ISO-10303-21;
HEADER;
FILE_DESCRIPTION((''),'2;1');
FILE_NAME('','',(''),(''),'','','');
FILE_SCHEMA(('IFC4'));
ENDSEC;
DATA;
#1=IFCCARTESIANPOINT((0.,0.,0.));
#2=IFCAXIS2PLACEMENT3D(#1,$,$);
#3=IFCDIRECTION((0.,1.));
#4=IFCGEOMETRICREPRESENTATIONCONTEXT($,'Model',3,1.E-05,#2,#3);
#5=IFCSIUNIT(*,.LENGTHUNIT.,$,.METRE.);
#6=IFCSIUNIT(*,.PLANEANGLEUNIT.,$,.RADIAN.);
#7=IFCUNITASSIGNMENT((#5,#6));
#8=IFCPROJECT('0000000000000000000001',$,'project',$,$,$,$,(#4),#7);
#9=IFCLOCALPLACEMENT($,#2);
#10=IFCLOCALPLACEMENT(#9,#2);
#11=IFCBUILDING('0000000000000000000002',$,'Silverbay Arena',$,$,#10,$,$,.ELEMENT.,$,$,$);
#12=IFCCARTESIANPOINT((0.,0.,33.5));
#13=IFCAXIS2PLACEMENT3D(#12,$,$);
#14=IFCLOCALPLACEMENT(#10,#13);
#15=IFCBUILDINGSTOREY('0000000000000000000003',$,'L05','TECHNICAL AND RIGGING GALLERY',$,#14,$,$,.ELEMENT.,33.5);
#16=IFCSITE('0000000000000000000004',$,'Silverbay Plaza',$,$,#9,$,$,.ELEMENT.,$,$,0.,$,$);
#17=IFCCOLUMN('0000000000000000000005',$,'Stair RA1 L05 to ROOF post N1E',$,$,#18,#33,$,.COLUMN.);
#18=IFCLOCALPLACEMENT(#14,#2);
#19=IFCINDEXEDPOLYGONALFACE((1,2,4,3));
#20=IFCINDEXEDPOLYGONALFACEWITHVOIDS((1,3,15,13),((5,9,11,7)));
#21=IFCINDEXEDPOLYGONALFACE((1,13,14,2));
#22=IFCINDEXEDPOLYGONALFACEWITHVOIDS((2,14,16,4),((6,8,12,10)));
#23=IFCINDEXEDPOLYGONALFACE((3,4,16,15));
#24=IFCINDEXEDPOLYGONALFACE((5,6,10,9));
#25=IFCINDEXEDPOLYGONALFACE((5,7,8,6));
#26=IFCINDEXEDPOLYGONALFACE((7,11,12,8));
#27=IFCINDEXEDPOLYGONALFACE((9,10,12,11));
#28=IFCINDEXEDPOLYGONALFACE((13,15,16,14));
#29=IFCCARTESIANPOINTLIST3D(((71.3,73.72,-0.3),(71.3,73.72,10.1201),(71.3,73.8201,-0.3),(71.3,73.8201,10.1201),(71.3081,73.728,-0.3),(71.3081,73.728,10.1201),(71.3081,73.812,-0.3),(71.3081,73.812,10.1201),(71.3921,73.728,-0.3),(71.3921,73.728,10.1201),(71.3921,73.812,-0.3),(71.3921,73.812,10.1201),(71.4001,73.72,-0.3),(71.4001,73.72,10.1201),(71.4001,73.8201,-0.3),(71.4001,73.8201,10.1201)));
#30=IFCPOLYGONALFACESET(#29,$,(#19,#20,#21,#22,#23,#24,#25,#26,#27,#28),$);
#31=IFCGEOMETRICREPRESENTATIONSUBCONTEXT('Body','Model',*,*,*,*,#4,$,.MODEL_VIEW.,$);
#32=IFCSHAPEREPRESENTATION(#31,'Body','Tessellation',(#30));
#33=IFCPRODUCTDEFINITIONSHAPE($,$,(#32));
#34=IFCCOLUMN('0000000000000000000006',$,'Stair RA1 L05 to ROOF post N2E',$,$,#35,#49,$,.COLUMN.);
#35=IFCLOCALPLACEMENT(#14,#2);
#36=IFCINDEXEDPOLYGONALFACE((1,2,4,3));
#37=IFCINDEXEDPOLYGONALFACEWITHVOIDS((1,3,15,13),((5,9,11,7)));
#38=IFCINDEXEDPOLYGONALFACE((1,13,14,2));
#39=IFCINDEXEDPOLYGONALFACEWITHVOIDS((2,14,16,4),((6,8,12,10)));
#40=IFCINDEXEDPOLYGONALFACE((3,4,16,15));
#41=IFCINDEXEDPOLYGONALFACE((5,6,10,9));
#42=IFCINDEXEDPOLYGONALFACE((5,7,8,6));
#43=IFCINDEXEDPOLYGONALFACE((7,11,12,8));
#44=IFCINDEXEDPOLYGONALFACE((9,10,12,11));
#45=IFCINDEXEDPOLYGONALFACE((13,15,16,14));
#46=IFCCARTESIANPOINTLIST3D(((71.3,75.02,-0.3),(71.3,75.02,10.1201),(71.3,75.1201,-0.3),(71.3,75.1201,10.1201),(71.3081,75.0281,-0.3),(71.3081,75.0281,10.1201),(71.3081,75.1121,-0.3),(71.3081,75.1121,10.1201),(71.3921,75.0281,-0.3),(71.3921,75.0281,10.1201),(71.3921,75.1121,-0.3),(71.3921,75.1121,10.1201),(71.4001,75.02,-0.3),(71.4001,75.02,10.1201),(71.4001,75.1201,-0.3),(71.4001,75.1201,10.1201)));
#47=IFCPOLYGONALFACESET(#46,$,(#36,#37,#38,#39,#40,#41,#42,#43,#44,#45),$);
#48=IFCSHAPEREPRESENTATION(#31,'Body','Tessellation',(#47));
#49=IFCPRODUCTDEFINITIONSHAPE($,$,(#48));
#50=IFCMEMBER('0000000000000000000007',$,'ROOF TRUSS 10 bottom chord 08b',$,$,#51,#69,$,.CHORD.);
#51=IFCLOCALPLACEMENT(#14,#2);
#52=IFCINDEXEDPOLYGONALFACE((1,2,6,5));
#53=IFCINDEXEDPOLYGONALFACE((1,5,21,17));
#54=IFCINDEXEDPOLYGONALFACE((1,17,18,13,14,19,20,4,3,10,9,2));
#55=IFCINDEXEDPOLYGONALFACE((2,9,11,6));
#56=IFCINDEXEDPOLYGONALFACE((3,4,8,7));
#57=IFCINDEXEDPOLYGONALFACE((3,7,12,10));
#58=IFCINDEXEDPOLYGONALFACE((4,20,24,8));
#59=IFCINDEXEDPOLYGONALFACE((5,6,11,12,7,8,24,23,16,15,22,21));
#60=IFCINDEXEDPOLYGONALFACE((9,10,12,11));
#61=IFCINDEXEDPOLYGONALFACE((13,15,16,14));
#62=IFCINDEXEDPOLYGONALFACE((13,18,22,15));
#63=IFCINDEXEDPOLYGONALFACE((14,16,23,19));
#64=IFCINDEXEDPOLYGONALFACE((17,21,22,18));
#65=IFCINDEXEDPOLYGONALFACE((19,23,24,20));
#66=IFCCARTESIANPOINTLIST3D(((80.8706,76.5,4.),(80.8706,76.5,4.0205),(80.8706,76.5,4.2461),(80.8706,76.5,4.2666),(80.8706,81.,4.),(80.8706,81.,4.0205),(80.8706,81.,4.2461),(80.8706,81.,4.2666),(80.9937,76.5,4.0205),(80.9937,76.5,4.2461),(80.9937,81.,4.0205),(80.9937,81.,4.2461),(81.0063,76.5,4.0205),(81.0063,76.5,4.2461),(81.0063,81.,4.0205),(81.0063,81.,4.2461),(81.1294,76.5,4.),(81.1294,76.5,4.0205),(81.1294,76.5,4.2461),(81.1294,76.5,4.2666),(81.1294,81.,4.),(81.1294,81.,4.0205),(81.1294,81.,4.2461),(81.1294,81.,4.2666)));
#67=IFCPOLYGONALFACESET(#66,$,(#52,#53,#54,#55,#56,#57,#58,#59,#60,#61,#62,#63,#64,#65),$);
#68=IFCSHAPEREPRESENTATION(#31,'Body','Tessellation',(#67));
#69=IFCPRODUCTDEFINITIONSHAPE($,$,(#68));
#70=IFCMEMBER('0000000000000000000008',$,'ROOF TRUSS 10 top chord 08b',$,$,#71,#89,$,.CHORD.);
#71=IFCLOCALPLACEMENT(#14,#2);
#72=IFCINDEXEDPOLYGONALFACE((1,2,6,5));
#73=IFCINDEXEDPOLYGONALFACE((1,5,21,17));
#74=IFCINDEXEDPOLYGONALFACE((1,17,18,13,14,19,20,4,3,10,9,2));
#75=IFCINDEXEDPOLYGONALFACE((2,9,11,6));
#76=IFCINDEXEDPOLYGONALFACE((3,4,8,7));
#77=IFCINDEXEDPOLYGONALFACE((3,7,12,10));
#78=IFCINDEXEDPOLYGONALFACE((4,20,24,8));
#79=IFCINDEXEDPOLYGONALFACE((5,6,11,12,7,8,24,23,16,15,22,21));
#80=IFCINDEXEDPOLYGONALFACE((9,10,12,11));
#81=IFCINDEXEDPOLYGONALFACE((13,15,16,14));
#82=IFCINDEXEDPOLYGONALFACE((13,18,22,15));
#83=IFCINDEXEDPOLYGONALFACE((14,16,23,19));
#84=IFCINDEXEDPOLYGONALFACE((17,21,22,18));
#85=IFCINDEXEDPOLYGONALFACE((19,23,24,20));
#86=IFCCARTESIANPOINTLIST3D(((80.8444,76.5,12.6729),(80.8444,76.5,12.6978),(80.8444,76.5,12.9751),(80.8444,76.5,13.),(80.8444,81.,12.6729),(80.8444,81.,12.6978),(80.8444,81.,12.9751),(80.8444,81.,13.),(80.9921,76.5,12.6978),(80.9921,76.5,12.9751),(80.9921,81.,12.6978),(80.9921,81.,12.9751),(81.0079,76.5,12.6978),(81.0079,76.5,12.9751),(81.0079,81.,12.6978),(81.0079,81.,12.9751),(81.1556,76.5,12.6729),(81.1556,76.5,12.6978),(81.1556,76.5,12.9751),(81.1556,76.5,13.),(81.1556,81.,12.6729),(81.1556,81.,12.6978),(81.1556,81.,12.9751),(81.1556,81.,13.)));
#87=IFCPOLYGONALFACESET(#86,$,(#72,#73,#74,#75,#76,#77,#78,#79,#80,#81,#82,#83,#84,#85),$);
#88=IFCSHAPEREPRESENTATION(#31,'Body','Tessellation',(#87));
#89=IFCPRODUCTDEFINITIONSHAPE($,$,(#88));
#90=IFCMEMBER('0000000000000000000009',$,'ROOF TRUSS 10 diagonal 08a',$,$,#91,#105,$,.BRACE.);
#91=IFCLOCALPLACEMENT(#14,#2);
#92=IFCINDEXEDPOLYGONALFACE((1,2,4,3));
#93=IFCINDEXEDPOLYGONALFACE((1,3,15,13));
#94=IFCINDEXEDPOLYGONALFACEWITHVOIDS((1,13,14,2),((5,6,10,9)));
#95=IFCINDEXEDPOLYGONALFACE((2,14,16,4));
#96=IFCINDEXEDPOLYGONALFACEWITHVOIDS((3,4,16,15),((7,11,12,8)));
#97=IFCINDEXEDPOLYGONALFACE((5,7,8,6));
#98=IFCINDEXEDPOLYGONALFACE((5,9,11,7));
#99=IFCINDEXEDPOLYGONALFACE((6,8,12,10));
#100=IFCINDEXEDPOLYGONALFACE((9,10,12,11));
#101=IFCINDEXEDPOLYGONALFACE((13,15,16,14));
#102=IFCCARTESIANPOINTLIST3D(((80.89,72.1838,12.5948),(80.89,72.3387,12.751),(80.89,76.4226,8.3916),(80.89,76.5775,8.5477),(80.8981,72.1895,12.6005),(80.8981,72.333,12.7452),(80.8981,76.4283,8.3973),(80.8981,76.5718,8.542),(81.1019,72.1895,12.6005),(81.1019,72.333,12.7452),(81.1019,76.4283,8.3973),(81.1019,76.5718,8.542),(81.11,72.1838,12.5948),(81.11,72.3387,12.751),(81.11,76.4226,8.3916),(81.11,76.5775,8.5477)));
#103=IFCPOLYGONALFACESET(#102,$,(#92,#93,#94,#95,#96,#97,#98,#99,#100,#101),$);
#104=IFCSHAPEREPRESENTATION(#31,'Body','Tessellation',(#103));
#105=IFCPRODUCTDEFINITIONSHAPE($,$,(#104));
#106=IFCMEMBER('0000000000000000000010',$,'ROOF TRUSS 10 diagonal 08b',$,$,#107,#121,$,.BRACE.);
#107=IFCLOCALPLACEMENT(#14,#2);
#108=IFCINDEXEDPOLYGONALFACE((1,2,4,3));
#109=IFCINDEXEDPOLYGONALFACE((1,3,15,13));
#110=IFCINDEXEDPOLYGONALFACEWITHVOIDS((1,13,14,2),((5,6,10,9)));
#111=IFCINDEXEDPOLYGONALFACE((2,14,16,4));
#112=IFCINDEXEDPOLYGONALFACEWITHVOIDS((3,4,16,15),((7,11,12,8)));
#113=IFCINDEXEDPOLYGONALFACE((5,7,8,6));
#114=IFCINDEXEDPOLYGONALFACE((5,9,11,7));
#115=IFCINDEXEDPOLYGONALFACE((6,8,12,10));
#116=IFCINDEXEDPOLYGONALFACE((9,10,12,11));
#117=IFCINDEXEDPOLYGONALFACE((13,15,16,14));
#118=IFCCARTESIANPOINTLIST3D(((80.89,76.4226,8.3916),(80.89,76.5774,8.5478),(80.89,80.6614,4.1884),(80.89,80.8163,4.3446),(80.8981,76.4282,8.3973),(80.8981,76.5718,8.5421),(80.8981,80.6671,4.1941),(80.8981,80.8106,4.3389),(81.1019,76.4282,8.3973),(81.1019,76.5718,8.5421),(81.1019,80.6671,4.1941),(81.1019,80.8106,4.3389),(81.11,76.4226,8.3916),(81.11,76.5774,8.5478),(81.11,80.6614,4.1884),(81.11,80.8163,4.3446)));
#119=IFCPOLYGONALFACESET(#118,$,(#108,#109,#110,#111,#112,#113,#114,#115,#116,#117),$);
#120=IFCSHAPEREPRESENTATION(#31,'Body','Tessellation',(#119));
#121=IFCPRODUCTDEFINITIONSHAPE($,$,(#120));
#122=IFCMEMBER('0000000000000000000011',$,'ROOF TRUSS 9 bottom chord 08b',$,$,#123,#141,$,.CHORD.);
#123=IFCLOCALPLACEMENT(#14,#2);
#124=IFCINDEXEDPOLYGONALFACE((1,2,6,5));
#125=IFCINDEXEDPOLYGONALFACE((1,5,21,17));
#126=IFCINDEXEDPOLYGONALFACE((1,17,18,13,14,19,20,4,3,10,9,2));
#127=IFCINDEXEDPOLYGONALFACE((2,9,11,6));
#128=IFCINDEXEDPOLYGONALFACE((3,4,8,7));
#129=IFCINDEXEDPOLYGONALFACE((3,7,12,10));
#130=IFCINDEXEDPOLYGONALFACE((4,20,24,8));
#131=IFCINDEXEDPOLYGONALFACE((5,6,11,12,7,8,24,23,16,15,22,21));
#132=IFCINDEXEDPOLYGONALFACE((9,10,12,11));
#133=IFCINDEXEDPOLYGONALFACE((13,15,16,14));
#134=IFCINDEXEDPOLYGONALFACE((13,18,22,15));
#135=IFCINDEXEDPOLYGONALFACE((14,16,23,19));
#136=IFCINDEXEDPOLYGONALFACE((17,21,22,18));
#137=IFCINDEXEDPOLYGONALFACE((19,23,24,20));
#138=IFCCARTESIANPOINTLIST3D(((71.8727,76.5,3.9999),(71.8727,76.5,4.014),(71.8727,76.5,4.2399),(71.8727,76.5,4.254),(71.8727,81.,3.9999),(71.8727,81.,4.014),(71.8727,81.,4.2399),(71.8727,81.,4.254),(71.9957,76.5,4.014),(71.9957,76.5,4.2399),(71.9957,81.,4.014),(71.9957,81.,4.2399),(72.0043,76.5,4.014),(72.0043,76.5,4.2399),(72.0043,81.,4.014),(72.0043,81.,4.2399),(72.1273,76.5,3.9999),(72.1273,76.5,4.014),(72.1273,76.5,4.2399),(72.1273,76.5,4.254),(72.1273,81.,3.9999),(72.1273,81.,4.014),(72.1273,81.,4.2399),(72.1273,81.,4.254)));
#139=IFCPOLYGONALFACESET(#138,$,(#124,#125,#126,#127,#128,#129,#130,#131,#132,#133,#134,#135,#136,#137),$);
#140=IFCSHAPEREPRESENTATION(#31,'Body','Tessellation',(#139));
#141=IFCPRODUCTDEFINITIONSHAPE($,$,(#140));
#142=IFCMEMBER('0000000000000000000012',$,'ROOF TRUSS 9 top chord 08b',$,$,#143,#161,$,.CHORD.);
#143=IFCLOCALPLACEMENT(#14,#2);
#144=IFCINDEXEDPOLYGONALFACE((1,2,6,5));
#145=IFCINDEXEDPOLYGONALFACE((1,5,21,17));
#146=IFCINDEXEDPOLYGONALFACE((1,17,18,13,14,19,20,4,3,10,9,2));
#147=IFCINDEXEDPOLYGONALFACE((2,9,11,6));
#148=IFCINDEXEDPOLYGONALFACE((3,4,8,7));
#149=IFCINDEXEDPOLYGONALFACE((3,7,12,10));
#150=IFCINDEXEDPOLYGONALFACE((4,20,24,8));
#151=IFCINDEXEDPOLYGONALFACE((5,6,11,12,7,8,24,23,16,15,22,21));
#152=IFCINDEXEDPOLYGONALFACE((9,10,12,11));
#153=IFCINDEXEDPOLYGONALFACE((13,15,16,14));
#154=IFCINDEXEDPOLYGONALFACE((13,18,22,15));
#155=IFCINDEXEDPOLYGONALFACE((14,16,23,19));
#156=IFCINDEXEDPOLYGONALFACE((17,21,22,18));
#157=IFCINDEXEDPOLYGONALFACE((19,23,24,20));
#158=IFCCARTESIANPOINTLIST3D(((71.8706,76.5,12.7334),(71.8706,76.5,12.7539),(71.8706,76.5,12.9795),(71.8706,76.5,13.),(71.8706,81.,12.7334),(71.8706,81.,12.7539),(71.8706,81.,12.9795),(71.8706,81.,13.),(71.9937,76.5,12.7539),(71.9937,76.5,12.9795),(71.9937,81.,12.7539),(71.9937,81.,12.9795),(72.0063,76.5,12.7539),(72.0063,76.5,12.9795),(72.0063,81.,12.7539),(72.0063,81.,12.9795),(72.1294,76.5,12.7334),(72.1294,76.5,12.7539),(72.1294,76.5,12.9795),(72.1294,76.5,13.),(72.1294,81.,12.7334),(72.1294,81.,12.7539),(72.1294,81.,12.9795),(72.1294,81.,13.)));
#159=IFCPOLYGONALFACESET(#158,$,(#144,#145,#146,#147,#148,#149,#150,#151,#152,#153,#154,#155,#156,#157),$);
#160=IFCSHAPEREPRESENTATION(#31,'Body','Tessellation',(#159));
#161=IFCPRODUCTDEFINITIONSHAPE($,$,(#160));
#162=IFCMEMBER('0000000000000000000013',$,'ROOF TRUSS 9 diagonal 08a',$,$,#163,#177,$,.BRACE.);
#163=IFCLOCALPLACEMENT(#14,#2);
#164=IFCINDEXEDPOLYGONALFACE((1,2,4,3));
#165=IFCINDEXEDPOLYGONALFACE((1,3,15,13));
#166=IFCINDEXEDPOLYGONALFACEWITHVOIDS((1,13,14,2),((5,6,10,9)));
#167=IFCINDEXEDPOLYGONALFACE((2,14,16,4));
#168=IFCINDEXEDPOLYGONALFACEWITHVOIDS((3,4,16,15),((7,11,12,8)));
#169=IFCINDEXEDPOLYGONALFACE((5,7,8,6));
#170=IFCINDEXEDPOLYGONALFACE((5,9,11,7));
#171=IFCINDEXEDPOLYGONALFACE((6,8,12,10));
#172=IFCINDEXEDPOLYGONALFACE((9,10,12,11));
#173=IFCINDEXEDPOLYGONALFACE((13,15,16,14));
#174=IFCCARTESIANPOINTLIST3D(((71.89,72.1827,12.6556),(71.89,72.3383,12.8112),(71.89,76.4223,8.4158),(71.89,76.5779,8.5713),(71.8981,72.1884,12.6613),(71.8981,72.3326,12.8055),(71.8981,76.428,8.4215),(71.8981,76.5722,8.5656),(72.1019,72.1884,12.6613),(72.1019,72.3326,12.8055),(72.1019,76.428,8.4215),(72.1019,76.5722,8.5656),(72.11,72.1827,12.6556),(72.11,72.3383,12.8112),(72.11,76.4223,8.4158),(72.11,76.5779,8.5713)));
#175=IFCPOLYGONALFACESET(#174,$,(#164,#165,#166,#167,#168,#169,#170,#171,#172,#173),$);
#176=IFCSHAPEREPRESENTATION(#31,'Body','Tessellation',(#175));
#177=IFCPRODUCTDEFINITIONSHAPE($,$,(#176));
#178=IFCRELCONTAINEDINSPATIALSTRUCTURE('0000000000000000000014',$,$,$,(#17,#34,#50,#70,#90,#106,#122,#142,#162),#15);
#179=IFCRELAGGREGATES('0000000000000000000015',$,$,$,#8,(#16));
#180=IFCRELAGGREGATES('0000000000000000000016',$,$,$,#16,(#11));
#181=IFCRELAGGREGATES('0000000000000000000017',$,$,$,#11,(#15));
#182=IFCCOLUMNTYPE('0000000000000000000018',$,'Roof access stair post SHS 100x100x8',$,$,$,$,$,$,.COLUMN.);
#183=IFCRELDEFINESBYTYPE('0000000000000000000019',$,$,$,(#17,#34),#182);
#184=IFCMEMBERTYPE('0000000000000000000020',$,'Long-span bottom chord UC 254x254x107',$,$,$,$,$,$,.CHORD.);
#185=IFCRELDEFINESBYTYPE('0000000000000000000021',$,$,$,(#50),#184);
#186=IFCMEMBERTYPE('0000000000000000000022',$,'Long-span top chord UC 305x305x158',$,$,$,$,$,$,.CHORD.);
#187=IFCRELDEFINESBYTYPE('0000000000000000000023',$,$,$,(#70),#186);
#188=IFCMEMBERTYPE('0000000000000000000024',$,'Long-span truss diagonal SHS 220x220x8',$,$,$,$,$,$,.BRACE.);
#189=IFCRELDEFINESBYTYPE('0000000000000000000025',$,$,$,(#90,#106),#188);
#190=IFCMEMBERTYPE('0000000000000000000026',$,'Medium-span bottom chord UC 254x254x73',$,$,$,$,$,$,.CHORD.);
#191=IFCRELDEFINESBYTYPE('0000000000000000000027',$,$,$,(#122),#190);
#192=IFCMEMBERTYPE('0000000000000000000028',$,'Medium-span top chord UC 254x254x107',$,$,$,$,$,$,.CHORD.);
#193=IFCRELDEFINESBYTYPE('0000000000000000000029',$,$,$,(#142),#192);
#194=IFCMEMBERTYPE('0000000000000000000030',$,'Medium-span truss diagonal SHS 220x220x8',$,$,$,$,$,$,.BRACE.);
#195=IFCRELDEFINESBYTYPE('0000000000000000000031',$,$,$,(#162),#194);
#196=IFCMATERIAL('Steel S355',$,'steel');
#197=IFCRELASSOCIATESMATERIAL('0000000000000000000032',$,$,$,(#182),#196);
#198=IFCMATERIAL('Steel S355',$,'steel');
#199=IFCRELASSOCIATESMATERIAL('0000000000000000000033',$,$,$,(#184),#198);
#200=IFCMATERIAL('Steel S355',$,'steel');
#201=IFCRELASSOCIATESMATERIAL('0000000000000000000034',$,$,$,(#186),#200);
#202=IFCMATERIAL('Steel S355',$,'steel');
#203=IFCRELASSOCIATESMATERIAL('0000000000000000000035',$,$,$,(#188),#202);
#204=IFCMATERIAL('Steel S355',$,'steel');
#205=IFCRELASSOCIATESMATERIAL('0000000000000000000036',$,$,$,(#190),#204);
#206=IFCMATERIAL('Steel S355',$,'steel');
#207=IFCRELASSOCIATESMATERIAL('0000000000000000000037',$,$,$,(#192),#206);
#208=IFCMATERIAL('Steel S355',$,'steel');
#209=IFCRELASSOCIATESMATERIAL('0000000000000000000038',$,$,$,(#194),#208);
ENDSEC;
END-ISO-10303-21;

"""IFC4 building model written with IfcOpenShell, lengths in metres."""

from ifc_helpers import new_model, si_unit, direction, frame, origin, origin_2d, place, context, subcontext, project, spatial, hollow_rectangle, i_section, extrude, material, material_profile, profile_set, type_object, element, save


model = new_model("IFC4")

# Units and contexts
model_context = context("Model", 3, precision=1e-05, world=origin(), true_north=direction((0.0, 1.0)))
body_context = subcontext(model_context, "Body", "Model", "MODEL_VIEW")
ifc_project = project(units=[si_unit("LENGTHUNIT", "METRE"), si_unit("PLANEANGLEUNIT", "RADIAN")], contexts=[model_context])

# Site, building, storey
site_placement = place(None, origin())
site = spatial("IfcSite", under=ifc_project, at=site_placement, Name="Silverbay Plaza", CompositionType="ELEMENT", RefElevation=0.0)
building_placement = place(site_placement, origin())
building = spatial("IfcBuilding", under=site, at=building_placement, Name="Silverbay Arena", CompositionType="ELEMENT")
storey_placement = place(building_placement, frame((0.0, 0.0, 33.5)))
storey = spatial("IfcBuildingStorey", under=building, at=storey_placement, Name="L05", Description="TECHNICAL AND RIGGING GALLERY", CompositionType="ELEMENT", Elevation=33.5)

# Columns
ifc_material_1 = material(Name="Steel S355", Category="steel")
ifc_material_profile_1 = material_profile(ifc_material_1, hollow_rectangle(XDim=0.1001, YDim=0.1001, WallThickness=0.0081, at=origin_2d()), Name="SHS 100x100x8")
ifc_profile_set_1 = profile_set([ifc_material_profile_1], Name="Steel S355")
column_type = type_object("IfcColumnType", Name="Roof access stair post SHS 100x100x8", PredefinedType="COLUMN", material=ifc_profile_set_1)
for number, where, z_axis, x_axis, name in (
    (1, (71.3501, 73.77, -0.3), (0.0, 0.0, 1.0), (1.0, 0.0, 0.0), "Stair RA1 L05 to ROOF post N1E"),
    (2, (71.3501, 75.0701, -0.3), (0.0, 0.0, 1.0), (1.0, 0.0, 0.0), "Stair RA1 L05 to ROOF post N2E"),
):
    element("IfcColumn", number, at=place(storey_placement, frame(where, z_axis=z_axis, x_axis=x_axis)), inside=storey, type_object=column_type, Name=name, PredefinedType="COLUMN", context=body_context, shape_type="SweptSolid", body=[
        extrude(hollow_rectangle(XDim=0.1001, YDim=0.1001, WallThickness=0.0081, at=origin_2d()), origin(), (0.0, 0.0, 1.0), 10.4202),
    ])

# Members
ifc_material_2 = material(Name="Steel S355", Category="steel")
ifc_material_profile_2 = material_profile(ifc_material_2, i_section(OverallWidth=0.2588, OverallDepth=0.2666, WebThickness=0.0127, FlangeThickness=0.0205, at=origin_2d()), Name="UC 254x254x107")
ifc_profile_set_2 = profile_set([ifc_material_profile_2], Name="Steel S355")
member_type_1 = type_object("IfcMemberType", Name="Long-span bottom chord UC 254x254x107", PredefinedType="CHORD", material=ifc_profile_set_2)
member_1_placement = place(storey_placement, frame((81.0, 76.5, 4.1333), z_axis=(0.0, 1.0, 0.0), x_axis=(-1.0, 0.0, 0.0)))
element("IfcMember", 3, at=member_1_placement, inside=storey, type_object=member_type_1, Name="ROOF TRUSS 10 bottom chord 08b", PredefinedType="CHORD", context=body_context, shape_type="SweptSolid", body=[
    extrude(i_section(OverallWidth=0.2588, OverallDepth=0.2666, WebThickness=0.0127, FlangeThickness=0.0205, at=origin_2d()), origin(), (0.0, 0.0, 1.0), 4.5),
])
ifc_material_3 = material(Name="Steel S355", Category="steel")
ifc_material_profile_3 = material_profile(ifc_material_3, i_section(OverallWidth=0.3113, OverallDepth=0.3271, WebThickness=0.0159, FlangeThickness=0.0249, at=origin_2d()), Name="UC 305x305x158")
ifc_profile_set_3 = profile_set([ifc_material_profile_3], Name="Steel S355")
member_type_2 = type_object("IfcMemberType", Name="Long-span top chord UC 305x305x158", PredefinedType="CHORD", material=ifc_profile_set_3)
member_2_placement = place(storey_placement, frame((81.0, 76.5, 12.8364), z_axis=(0.0, 1.0, 0.0), x_axis=(-1.0, 0.0, 0.0)))
element("IfcMember", 4, at=member_2_placement, inside=storey, type_object=member_type_2, Name="ROOF TRUSS 10 top chord 08b", PredefinedType="CHORD", context=body_context, shape_type="SweptSolid", body=[
    extrude(i_section(OverallWidth=0.3113, OverallDepth=0.3271, WebThickness=0.0159, FlangeThickness=0.0249, at=origin_2d()), origin(), (0.0, 0.0, 1.0), 4.5),
])
ifc_material_4 = material(Name="Steel S355", Category="steel")
ifc_material_profile_4 = material_profile(ifc_material_4, hollow_rectangle(XDim=0.22, YDim=0.22, WallThickness=0.0081, at=origin_2d()), Name="SHS 220x220x8")
ifc_profile_set_4 = profile_set([ifc_material_profile_4], Name="Steel S355")
member_type_3 = type_object("IfcMemberType", Name="Long-span truss diagonal SHS 220x220x8", PredefinedType="BRACE", material=ifc_profile_set_4)
for number, where, z_axis, x_axis, name in (
    (5, (81.0, 72.2612, 12.6729), (0.0, 0.710086, -0.704115), (-1.0, 0.0, 0.0), "ROOF TRUSS 10 diagonal 08a"),
    (6, (81.0, 76.5, 8.4697), (0.0, 0.710086, -0.704115), (-1.0, 0.0, 0.0), "ROOF TRUSS 10 diagonal 08b"),
):
    element("IfcMember", number, at=place(storey_placement, frame(where, z_axis=z_axis, x_axis=x_axis)), inside=storey, type_object=member_type_3, Name=name, PredefinedType="BRACE", context=body_context, shape_type="SweptSolid", body=[
        extrude(hollow_rectangle(XDim=0.22, YDim=0.22, WallThickness=0.0081, at=origin_2d()), origin(), (0.0, 0.0, 1.0), 5.9695),
    ])
ifc_material_5 = material(Name="Steel S355", Category="steel")
ifc_material_profile_5 = material_profile(ifc_material_5, i_section(OverallWidth=0.2546, OverallDepth=0.2542, WebThickness=0.0085, FlangeThickness=0.0142, at=origin_2d()), Name="UC 254x254x73")
ifc_profile_set_5 = profile_set([ifc_material_profile_5], Name="Steel S355")
member_type_4 = type_object("IfcMemberType", Name="Medium-span bottom chord UC 254x254x73", PredefinedType="CHORD", material=ifc_profile_set_5)
member_3_placement = place(storey_placement, frame((72.0, 76.5, 4.127), z_axis=(0.0, 1.0, 0.0), x_axis=(-1.0, 0.0, 0.0)))
element("IfcMember", 7, at=member_3_placement, inside=storey, type_object=member_type_4, Name="ROOF TRUSS 9 bottom chord 08b", PredefinedType="CHORD", context=body_context, shape_type="SweptSolid", body=[
    extrude(i_section(OverallWidth=0.2546, OverallDepth=0.2542, WebThickness=0.0085, FlangeThickness=0.0142, at=origin_2d()), origin(), (0.0, 0.0, 1.0), 4.5),
])
ifc_material_6 = material(Name="Steel S355", Category="steel")
ifc_material_profile_6 = material_profile(ifc_material_6, i_section(OverallWidth=0.2588, OverallDepth=0.2666, WebThickness=0.0127, FlangeThickness=0.0205, at=origin_2d()), Name="UC 254x254x107")
ifc_profile_set_6 = profile_set([ifc_material_profile_6], Name="Steel S355")
member_type_5 = type_object("IfcMemberType", Name="Medium-span top chord UC 254x254x107", PredefinedType="CHORD", material=ifc_profile_set_6)
member_4_placement = place(storey_placement, frame((72.0, 76.5, 12.8667), z_axis=(0.0, 1.0, 0.0), x_axis=(-1.0, 0.0, 0.0)))
element("IfcMember", 8, at=member_4_placement, inside=storey, type_object=member_type_5, Name="ROOF TRUSS 9 top chord 08b", PredefinedType="CHORD", context=body_context, shape_type="SweptSolid", body=[
    extrude(i_section(OverallWidth=0.2588, OverallDepth=0.2666, WebThickness=0.0127, FlangeThickness=0.0205, at=origin_2d()), origin(), (0.0, 0.0, 1.0), 4.5),
])
ifc_material_7 = material(Name="Steel S355", Category="steel")
ifc_material_profile_7 = material_profile(ifc_material_7, hollow_rectangle(XDim=0.22, YDim=0.22, WallThickness=0.0081, at=origin_2d()), Name="SHS 220x220x8")
ifc_profile_set_7 = profile_set([ifc_material_profile_7], Name="Steel S355")
member_type_6 = type_object("IfcMemberType", Name="Medium-span truss diagonal SHS 220x220x8", PredefinedType="BRACE", material=ifc_profile_set_7)
member_5_placement = place(storey_placement, frame((72.0, 72.2605, 12.7334), z_axis=(0.0, 0.707086, -0.707127), x_axis=(-1.0, 0.0, 0.0)))
element("IfcMember", 9, at=member_5_placement, inside=storey, type_object=member_type_6, Name="ROOF TRUSS 9 diagonal 08a", PredefinedType="BRACE", context=body_context, shape_type="SweptSolid", body=[
    extrude(hollow_rectangle(XDim=0.22, YDim=0.22, WallThickness=0.0081, at=origin_2d()), origin(), (0.0, 0.0, 1.0), 5.9958),
])

save(model, "model.ifc")
